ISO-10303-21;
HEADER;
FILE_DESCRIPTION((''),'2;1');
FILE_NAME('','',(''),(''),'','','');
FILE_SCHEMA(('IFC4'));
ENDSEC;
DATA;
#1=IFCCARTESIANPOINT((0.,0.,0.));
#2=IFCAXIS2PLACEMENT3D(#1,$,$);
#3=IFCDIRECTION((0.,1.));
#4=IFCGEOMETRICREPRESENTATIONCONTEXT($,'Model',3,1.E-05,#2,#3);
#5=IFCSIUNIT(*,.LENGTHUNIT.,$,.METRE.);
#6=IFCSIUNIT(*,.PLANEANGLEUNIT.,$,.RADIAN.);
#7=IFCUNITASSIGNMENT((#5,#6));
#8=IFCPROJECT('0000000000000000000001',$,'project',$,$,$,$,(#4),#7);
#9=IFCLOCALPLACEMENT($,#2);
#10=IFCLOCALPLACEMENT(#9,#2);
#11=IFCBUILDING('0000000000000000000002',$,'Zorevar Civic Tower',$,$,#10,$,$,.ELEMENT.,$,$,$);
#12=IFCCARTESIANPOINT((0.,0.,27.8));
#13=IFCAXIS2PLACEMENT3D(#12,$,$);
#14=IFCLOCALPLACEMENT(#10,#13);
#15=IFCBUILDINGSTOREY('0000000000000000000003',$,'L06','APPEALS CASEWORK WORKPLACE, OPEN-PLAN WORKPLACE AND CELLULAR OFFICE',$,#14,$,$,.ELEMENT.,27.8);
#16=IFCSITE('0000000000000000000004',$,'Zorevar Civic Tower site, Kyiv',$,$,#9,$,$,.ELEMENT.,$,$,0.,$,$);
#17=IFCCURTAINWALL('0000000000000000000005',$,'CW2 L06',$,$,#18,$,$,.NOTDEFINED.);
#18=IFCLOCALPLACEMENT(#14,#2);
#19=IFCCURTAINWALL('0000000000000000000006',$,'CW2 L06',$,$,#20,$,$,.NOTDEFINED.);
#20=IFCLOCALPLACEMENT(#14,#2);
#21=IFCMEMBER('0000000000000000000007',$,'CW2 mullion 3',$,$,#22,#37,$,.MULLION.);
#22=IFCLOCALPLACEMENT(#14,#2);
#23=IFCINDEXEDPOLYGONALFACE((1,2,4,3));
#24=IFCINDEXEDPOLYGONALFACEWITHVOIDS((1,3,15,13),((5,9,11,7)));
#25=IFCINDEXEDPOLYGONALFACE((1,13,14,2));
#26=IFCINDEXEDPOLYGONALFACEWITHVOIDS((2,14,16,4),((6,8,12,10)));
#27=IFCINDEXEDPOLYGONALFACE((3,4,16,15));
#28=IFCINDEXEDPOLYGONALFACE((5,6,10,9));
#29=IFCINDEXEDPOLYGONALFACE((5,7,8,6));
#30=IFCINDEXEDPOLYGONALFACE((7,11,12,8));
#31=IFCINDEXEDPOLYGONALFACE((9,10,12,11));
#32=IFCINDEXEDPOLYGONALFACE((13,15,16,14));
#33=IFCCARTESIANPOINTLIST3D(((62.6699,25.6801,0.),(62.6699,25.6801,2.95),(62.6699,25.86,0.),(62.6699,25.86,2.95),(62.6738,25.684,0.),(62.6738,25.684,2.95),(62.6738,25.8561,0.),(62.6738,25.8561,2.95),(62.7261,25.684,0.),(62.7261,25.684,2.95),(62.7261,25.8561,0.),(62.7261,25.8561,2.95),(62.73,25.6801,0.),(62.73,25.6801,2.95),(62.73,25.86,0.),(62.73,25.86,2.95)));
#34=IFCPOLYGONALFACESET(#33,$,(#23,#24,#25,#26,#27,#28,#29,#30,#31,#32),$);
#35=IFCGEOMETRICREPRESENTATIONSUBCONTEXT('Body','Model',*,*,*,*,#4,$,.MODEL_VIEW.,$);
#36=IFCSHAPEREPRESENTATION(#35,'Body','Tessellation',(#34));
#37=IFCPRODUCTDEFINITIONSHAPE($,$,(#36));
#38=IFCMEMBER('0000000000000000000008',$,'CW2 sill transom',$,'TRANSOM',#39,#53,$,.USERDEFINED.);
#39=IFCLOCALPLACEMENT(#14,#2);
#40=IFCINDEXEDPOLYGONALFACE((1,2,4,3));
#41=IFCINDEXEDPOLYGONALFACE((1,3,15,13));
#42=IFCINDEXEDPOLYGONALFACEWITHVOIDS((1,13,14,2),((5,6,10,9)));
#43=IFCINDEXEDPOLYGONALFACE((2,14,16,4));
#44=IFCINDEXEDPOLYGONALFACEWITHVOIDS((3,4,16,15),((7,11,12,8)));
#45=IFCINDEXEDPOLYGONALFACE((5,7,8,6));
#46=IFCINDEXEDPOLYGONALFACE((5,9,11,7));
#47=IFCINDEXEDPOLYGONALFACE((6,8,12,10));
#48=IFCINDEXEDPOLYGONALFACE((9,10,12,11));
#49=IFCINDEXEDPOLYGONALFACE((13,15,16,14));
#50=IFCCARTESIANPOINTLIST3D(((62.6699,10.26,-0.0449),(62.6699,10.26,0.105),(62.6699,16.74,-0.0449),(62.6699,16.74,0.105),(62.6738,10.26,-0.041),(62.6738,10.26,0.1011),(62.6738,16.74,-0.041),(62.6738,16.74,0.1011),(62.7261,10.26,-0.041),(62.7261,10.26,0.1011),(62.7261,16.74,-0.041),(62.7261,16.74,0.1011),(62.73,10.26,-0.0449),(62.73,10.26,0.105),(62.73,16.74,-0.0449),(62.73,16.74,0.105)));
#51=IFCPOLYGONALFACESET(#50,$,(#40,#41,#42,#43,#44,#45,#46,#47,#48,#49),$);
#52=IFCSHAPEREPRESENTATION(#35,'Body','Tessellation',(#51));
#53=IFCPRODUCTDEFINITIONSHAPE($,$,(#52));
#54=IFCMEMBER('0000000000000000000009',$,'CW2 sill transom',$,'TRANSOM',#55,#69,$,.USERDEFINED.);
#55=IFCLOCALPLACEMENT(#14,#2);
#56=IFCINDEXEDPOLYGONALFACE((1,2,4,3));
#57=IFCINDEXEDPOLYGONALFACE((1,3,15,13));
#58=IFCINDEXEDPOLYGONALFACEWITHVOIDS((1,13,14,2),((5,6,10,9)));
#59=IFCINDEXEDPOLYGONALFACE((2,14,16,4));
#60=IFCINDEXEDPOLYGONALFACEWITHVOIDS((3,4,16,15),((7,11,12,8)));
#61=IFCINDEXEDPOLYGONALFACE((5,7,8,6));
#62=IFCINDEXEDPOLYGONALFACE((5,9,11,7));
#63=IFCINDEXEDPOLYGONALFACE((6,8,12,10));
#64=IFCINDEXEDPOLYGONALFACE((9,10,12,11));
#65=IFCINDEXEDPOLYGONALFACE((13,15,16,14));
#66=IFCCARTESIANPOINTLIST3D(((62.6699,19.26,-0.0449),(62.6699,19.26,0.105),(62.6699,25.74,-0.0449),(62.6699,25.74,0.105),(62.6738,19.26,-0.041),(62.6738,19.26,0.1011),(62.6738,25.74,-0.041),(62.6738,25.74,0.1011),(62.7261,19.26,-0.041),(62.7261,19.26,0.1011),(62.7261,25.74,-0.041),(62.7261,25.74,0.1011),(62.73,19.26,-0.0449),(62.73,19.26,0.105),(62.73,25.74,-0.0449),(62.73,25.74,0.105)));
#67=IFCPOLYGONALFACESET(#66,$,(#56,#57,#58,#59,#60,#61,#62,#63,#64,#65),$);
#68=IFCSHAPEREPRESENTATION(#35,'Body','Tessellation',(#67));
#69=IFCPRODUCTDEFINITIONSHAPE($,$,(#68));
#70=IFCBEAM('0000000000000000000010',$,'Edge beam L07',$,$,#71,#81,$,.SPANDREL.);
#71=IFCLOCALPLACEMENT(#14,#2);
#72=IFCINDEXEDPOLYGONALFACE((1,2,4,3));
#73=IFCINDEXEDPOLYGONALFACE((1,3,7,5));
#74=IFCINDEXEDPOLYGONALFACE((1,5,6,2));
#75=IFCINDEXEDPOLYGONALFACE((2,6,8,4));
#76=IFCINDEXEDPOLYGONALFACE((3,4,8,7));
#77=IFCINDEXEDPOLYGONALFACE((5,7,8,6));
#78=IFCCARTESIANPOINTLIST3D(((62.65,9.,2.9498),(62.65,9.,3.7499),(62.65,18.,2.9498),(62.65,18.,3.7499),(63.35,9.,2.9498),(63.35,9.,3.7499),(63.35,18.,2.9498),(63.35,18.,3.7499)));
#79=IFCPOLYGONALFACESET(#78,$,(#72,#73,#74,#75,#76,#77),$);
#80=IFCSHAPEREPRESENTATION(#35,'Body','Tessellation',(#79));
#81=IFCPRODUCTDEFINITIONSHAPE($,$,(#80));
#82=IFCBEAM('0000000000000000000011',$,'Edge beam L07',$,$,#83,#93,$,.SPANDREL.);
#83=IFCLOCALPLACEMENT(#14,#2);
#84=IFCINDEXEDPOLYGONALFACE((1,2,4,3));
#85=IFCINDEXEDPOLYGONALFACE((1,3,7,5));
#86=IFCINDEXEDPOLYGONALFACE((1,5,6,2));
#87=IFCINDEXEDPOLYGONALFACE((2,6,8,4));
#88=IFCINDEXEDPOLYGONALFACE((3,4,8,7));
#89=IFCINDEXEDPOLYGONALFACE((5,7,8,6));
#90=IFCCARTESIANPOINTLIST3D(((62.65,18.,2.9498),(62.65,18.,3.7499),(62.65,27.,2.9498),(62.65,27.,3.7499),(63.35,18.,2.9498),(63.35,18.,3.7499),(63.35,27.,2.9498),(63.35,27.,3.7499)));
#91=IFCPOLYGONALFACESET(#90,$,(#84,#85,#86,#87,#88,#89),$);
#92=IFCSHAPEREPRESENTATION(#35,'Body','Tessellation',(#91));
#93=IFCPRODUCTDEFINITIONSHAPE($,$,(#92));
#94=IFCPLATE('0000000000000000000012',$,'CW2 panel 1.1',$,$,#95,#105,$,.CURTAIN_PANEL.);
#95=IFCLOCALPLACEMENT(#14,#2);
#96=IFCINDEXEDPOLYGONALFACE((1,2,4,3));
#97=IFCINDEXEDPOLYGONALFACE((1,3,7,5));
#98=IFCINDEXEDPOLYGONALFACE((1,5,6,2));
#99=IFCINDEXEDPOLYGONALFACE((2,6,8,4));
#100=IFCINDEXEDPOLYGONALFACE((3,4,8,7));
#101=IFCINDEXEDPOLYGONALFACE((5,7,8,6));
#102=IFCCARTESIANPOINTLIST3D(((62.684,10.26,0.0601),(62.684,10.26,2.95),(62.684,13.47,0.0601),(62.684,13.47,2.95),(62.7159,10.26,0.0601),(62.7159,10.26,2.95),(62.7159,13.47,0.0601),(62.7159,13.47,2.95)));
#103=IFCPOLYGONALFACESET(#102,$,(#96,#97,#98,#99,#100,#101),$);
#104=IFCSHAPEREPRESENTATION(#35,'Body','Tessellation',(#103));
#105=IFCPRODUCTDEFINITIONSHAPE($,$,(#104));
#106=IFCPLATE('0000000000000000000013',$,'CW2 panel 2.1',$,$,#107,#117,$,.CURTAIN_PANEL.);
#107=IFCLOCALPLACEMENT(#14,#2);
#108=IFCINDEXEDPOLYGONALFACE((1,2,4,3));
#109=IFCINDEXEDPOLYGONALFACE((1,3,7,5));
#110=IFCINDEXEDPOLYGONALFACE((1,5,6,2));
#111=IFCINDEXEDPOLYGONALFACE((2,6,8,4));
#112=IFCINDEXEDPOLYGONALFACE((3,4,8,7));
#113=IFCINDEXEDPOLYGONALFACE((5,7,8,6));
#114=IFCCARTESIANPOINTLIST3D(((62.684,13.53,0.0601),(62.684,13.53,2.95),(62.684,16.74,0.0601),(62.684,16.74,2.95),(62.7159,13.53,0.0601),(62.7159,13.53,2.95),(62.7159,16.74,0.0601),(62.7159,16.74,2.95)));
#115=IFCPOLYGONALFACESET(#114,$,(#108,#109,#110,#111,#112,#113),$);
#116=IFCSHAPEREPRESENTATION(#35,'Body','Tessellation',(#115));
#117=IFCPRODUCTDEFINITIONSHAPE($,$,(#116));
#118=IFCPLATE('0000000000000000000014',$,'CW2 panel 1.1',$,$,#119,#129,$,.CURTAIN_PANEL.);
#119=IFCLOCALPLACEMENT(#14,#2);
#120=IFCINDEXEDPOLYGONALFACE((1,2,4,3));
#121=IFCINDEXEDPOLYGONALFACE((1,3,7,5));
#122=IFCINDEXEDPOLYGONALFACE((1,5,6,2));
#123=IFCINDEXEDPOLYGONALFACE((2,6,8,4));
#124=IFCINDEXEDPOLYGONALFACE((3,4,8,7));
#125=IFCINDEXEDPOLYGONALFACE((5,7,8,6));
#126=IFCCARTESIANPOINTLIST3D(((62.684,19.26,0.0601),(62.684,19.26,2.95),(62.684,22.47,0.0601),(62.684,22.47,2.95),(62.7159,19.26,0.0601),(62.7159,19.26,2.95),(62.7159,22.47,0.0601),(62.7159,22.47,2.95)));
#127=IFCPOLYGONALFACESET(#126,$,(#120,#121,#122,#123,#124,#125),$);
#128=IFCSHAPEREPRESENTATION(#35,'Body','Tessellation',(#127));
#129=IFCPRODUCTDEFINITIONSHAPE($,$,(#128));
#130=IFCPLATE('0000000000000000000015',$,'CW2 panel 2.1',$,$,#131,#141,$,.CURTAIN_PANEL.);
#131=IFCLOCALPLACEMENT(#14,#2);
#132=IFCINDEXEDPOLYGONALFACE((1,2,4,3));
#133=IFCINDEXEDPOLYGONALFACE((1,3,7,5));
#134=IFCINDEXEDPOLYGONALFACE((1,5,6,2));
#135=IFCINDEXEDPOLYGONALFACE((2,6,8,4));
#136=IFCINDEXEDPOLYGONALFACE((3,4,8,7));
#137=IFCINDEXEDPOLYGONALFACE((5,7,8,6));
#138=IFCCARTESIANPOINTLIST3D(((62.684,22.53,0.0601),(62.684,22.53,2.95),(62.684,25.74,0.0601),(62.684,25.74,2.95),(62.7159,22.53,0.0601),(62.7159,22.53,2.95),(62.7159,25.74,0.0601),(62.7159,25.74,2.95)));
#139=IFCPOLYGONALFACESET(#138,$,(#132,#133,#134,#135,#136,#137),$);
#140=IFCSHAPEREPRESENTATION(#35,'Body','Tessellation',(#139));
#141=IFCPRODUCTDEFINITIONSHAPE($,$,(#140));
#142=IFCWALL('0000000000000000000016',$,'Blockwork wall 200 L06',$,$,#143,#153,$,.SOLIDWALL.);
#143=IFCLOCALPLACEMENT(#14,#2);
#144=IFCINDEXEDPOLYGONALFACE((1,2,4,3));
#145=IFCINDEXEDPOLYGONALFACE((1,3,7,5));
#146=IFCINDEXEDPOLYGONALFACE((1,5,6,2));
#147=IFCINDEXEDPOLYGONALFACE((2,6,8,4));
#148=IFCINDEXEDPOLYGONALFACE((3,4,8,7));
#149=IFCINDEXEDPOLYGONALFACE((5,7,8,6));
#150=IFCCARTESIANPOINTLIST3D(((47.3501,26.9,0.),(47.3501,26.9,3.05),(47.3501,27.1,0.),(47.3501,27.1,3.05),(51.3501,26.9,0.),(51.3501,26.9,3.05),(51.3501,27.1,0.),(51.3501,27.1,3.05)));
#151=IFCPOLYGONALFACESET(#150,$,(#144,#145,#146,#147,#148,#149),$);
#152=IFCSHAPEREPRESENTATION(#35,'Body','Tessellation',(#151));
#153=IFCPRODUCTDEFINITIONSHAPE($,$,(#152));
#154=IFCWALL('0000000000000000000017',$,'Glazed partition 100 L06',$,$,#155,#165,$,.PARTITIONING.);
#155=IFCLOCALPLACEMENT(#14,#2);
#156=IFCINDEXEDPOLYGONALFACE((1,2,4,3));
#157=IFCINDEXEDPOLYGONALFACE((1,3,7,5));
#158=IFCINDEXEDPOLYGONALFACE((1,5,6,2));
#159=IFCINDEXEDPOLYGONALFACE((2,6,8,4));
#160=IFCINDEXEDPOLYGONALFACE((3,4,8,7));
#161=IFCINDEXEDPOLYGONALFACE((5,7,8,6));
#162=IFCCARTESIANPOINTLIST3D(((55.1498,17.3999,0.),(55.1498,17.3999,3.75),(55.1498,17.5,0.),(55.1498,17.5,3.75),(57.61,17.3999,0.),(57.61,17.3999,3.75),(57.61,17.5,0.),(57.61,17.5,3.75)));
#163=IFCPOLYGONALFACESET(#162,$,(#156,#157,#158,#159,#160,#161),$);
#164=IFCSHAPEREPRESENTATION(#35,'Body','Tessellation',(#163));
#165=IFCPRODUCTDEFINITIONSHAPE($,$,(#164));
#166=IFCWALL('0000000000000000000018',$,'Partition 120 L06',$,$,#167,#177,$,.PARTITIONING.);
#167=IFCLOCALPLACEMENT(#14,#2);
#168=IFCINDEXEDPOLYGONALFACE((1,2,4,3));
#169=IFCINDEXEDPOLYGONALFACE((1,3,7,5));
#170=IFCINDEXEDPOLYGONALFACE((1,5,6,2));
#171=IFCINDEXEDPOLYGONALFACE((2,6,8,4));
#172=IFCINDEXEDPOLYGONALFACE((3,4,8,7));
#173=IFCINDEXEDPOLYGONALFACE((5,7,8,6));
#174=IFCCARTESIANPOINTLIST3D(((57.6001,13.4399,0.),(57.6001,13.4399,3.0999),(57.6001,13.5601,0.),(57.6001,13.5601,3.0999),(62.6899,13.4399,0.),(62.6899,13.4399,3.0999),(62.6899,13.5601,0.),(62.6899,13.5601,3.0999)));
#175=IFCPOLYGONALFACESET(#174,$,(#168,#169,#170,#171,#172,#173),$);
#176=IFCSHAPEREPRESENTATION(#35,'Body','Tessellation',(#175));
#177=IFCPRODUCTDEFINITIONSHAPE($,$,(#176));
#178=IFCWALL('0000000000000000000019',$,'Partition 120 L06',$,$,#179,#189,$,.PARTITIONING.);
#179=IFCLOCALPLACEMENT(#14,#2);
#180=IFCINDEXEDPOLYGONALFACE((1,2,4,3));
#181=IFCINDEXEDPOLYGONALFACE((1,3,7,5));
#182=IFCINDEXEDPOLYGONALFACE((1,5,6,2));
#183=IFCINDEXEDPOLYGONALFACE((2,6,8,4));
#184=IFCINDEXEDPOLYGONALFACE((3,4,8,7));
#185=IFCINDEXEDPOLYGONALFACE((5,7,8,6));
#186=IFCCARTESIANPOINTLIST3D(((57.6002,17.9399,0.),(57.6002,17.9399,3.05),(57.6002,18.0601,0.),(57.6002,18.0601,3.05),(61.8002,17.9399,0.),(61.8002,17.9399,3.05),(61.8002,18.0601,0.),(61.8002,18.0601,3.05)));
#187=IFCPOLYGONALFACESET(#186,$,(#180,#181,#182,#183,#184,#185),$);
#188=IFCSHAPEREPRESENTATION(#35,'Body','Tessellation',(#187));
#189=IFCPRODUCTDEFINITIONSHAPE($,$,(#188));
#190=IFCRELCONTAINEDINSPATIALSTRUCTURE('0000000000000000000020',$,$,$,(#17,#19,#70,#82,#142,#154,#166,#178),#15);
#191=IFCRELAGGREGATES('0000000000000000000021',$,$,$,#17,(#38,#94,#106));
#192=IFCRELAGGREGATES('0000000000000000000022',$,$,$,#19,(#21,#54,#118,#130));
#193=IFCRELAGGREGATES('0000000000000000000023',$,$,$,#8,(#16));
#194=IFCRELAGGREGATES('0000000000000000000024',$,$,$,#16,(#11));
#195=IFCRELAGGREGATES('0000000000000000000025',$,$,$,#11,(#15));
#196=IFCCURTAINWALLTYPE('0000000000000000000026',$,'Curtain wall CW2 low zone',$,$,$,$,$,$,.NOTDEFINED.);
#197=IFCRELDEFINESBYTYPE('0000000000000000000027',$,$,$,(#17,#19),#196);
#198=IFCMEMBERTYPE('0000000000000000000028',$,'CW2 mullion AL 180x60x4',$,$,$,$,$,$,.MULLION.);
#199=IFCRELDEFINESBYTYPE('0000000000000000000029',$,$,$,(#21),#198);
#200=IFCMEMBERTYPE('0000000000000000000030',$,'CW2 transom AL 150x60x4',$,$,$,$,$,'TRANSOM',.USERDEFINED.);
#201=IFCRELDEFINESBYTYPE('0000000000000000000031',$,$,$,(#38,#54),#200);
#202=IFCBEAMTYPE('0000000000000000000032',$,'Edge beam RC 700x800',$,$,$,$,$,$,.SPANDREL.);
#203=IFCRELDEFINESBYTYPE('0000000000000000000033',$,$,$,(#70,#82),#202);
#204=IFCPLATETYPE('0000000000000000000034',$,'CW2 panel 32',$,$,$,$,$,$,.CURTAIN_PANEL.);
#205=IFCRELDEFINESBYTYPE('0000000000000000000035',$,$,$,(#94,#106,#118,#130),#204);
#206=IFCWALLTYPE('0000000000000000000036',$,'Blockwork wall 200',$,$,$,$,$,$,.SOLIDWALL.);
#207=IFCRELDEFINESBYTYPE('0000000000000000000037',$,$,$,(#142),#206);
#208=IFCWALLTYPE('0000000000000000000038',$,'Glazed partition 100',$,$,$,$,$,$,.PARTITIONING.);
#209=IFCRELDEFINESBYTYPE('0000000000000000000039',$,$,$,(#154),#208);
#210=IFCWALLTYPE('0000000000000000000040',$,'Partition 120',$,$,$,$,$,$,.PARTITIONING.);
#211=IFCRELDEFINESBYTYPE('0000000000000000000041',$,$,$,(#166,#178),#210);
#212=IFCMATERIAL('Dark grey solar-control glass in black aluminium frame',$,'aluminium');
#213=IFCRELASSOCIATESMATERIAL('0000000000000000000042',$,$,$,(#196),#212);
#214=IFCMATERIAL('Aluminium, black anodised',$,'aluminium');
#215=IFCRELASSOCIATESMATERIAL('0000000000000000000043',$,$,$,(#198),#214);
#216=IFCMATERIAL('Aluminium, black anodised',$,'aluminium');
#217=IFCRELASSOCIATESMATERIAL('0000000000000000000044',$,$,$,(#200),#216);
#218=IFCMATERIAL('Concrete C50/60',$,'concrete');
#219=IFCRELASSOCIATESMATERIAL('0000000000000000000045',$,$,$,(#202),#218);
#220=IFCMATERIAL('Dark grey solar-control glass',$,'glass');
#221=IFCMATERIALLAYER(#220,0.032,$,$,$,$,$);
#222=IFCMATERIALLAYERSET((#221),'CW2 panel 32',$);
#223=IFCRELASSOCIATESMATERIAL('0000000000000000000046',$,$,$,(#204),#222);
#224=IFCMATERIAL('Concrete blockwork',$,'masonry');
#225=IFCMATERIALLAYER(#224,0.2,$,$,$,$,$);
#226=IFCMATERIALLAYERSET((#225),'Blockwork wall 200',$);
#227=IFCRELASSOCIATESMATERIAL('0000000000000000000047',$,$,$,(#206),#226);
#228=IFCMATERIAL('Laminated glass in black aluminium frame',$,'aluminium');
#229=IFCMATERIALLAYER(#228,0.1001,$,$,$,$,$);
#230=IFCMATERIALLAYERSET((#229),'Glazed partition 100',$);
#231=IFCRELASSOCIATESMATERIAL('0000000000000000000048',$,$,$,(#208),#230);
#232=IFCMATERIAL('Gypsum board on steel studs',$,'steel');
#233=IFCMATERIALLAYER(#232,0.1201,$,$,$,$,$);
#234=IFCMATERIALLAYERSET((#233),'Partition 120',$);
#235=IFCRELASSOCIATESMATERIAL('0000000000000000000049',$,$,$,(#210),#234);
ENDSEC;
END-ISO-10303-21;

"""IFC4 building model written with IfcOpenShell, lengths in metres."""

from ifc_helpers import new_model, si_unit, direction, frame, frame_2d, origin, origin_2d, place, context, subcontext, project, spatial, rectangle, hollow_rectangle, extrude, material, layer, layer_set, material_profile, profile_set, type_object, element, aggregate, save


model = new_model("IFC4")

# Units and contexts
model_context = context("Model", 3, precision=1e-05, world=origin(), true_north=direction((0.0, 1.0)))
body_context = subcontext(model_context, "Body", "Model", "MODEL_VIEW")
ifc_project = project(units=[si_unit("LENGTHUNIT", "METRE"), si_unit("PLANEANGLEUNIT", "RADIAN")], contexts=[model_context])

# Site, building, storey
site_placement = place(None, origin())
site = spatial("IfcSite", under=ifc_project, at=site_placement, Name="Zorevar Civic Tower site, Kyiv", CompositionType="ELEMENT", RefElevation=0.0)
building_placement = place(site_placement, origin())
building = spatial("IfcBuilding", under=site, at=building_placement, Name="Zorevar Civic Tower", CompositionType="ELEMENT")
storey_placement = place(building_placement, frame((0.0, 0.0, 27.8)))
storey = spatial("IfcBuildingStorey", under=building, at=storey_placement, Name="L06", Description="APPEALS CASEWORK WORKPLACE, OPEN-PLAN WORKPLACE AND CELLULAR OFFICE", CompositionType="ELEMENT", Elevation=27.8)

# Curtain walls, member
ifc_material_1 = material(Name="Dark grey solar-control glass in black aluminium frame", Category="aluminium")
curtain_wall_type = type_object("IfcCurtainWallType", Name="Curtain wall CW2 low zone", PredefinedType="NOTDEFINED", material=ifc_material_1)
curtain_wall_1_placement = place(storey_placement, origin())
curtain_wall_1 = element("IfcCurtainWall", 1, at=curtain_wall_1_placement, inside=storey, type_object=curtain_wall_type, Name="CW2 L06", PredefinedType="NOTDEFINED")
ifc_material_2 = material(Name="Aluminium, black anodised", Category="aluminium")
ifc_material_profile_1 = material_profile(ifc_material_2, hollow_rectangle(XDim=0.0601, YDim=0.1799, WallThickness=0.0039, at=origin_2d()), Name="AL 180x60x4")
ifc_profile_set_1 = profile_set([ifc_material_profile_1], Name="Aluminium, black anodised")
member_type_1 = type_object("IfcMemberType", Name="CW2 mullion AL 180x60x4", PredefinedType="MULLION", material=ifc_profile_set_1)
curtain_wall_2_placement = place(storey_placement, origin())
curtain_wall_2 = element("IfcCurtainWall", 2, at=curtain_wall_2_placement, inside=storey, type_object=curtain_wall_type, Name="CW2 L06", PredefinedType="NOTDEFINED")
member_1_placement = place(storey_placement, frame((62.7, 25.77, 0.0), z_axis=(0.0, 0.0, 1.0), x_axis=(-1.0, 0.0, 0.0)))
member_1 = element("IfcMember", 3, at=member_1_placement, type_object=member_type_1, Name="CW2 mullion 3", PredefinedType="MULLION", context=body_context, shape_type="SweptSolid", body=[
    extrude(hollow_rectangle(XDim=0.0601, YDim=0.1799, WallThickness=0.0039, at=origin_2d()), origin(), (0.0, 0.0, 1.0), 2.95),
])

# Members
ifc_material_3 = material(Name="Aluminium, black anodised", Category="aluminium")
ifc_material_profile_2 = material_profile(ifc_material_3, hollow_rectangle(XDim=0.0601, YDim=0.1499, WallThickness=0.0039, at=origin_2d()), Name="AL 150x60x4")
ifc_profile_set_2 = profile_set([ifc_material_profile_2], Name="Aluminium, black anodised")
member_type_2 = type_object("IfcMemberType", Name="CW2 transom AL 150x60x4", ElementType="TRANSOM", PredefinedType="USERDEFINED", material=ifc_profile_set_2)
member_2_placement = place(storey_placement, frame((62.7, 10.26, 0.03), z_axis=(0.0, 1.0, 0.0), x_axis=(-1.0, 0.0, 0.0)))
member_2 = element("IfcMember", 4, at=member_2_placement, type_object=member_type_2, Name="CW2 sill transom", ObjectType="TRANSOM", PredefinedType="USERDEFINED", context=body_context, shape_type="SweptSolid", body=[
    extrude(hollow_rectangle(XDim=0.0601, YDim=0.1499, WallThickness=0.0039, at=origin_2d()), origin(), (0.0, 0.0, 1.0), 6.48),
])
member_3_placement = place(storey_placement, frame((62.7, 19.26, 0.03), z_axis=(0.0, 1.0, 0.0), x_axis=(-1.0, 0.0, 0.0)))
member_3 = element("IfcMember", 5, at=member_3_placement, type_object=member_type_2, Name="CW2 sill transom", ObjectType="TRANSOM", PredefinedType="USERDEFINED", context=body_context, shape_type="SweptSolid", body=[
    extrude(hollow_rectangle(XDim=0.0601, YDim=0.1499, WallThickness=0.0039, at=origin_2d()), origin(), (0.0, 0.0, 1.0), 6.48),
])

# Beams
ifc_material_4 = material(Name="Concrete C50/60", Category="concrete")
ifc_material_profile_3 = material_profile(ifc_material_4, rectangle(XDim=0.7, YDim=0.8, at=origin_2d()), Name="RC 700x800")
ifc_profile_set_3 = profile_set([ifc_material_profile_3], Name="Concrete C50/60")
beam_type_1 = type_object("IfcBeamType", Name="Edge beam RC 700x800", PredefinedType="SPANDREL", material=ifc_profile_set_3)
for number, where, z_axis, x_axis, name in (
    (6, (63.0, 9.0, 3.3499), (0.0, 1.0, 0.0), (-1.0, 0.0, 0.0), "Edge beam L07"),
    (7, (63.0, 18.0, 3.3499), (0.0, 1.0, 0.0), (-1.0, 0.0, 0.0), "Edge beam L07"),
):
    element("IfcBeam", number, at=place(storey_placement, frame(where, z_axis=z_axis, x_axis=x_axis)), inside=storey, type_object=beam_type_1, Name=name, PredefinedType="SPANDREL", context=body_context, shape_type="SweptSolid", body=[
        extrude(rectangle(XDim=0.7, YDim=0.8, at=origin_2d()), origin(), (0.0, 0.0, 1.0), 9.0),
    ])

# Plates
ifc_material_5 = material(Name="Dark grey solar-control glass", Category="glass")
ifc_layer_1 = layer(ifc_material_5, 0.032)
ifc_layer_set_1 = layer_set([ifc_layer_1], Name="CW2 panel 32")
plate_type = type_object("IfcPlateType", Name="CW2 panel 32", PredefinedType="CURTAIN_PANEL", material=ifc_layer_set_1)
plate_1_placement = place(storey_placement, frame((62.7, 11.865, 0.0601), z_axis=(0.0, 0.0, 1.0), x_axis=(0.0, 1.0, 0.0)))
plate_1 = element("IfcPlate", 8, at=plate_1_placement, type_object=plate_type, Name="CW2 panel 1.1", PredefinedType="CURTAIN_PANEL", context=body_context, shape_type="SweptSolid", body=[
    extrude(rectangle(XDim=3.21, YDim=0.032, at=origin_2d()), origin(), (0.0, 0.0, 1.0), 2.8899),
])
plate_2_placement = place(storey_placement, frame((62.7, 15.135, 0.0601), z_axis=(0.0, 0.0, 1.0), x_axis=(0.0, 1.0, 0.0)))
plate_2 = element("IfcPlate", 9, at=plate_2_placement, type_object=plate_type, Name="CW2 panel 2.1", PredefinedType="CURTAIN_PANEL", context=body_context, shape_type="SweptSolid", body=[
    extrude(rectangle(XDim=3.21, YDim=0.032, at=origin_2d()), origin(), (0.0, 0.0, 1.0), 2.8899),
])
aggregate(curtain_wall_1, [member_2, plate_1, plate_2])
plate_3_placement = place(storey_placement, frame((62.7, 20.865, 0.0601), z_axis=(0.0, 0.0, 1.0), x_axis=(0.0, 1.0, 0.0)))
plate_3 = element("IfcPlate", 10, at=plate_3_placement, type_object=plate_type, Name="CW2 panel 1.1", PredefinedType="CURTAIN_PANEL", context=body_context, shape_type="SweptSolid", body=[
    extrude(rectangle(XDim=3.21, YDim=0.032, at=origin_2d()), origin(), (0.0, 0.0, 1.0), 2.8899),
])
plate_4_placement = place(storey_placement, frame((62.7, 24.135, 0.0601), z_axis=(0.0, 0.0, 1.0), x_axis=(0.0, 1.0, 0.0)))
plate_4 = element("IfcPlate", 11, at=plate_4_placement, type_object=plate_type, Name="CW2 panel 2.1", PredefinedType="CURTAIN_PANEL", context=body_context, shape_type="SweptSolid", body=[
    extrude(rectangle(XDim=3.21, YDim=0.032, at=origin_2d()), origin(), (0.0, 0.0, 1.0), 2.8899),
])
aggregate(curtain_wall_2, [member_1, member_3, plate_3, plate_4])

# Walls
ifc_material_6 = material(Name="Concrete blockwork", Category="masonry")
ifc_layer_2 = layer(ifc_material_6, 0.2)
ifc_layer_set_2 = layer_set([ifc_layer_2], Name="Blockwork wall 200")
wall_type_1 = type_object("IfcWallType", Name="Blockwork wall 200", PredefinedType="SOLIDWALL", material=ifc_layer_set_2)
wall_1_placement = place(storey_placement, frame((47.3501, 27.0, 0.0), z_axis=(0.0, 0.0, 1.0), x_axis=(1.0, 0.0, 0.0)))
element("IfcWall", 12, at=wall_1_placement, inside=storey, type_object=wall_type_1, Name="Blockwork wall 200 L06", PredefinedType="SOLIDWALL", context=body_context, shape_type="SweptSolid", body=[
    extrude(rectangle(XDim=4.0, YDim=0.2, at=frame_2d((2.0, 0.0))), origin(), (0.0, 0.0, 1.0), 3.05),
])
ifc_material_7 = material(Name="Laminated glass in black aluminium frame", Category="aluminium")
ifc_layer_3 = layer(ifc_material_7, 0.1001)
ifc_layer_set_3 = layer_set([ifc_layer_3], Name="Glazed partition 100")
wall_type_2 = type_object("IfcWallType", Name="Glazed partition 100", PredefinedType="PARTITIONING", material=ifc_layer_set_3)
wall_2_placement = place(storey_placement, frame((55.1499, 17.45, 0.0), z_axis=(0.0, 0.0, 1.0), x_axis=(1.0, 0.0, 0.0)))
element("IfcWall", 13, at=wall_2_placement, inside=storey, type_object=wall_type_2, Name="Glazed partition 100 L06", PredefinedType="PARTITIONING", context=body_context, shape_type="SweptSolid", body=[
    extrude(rectangle(XDim=2.4602, YDim=0.1001, at=frame_2d((1.23, 0.0))), origin(), (0.0, 0.0, 1.0), 3.75),
])
ifc_material_8 = material(Name="Gypsum board on steel studs", Category="steel")
ifc_layer_4 = layer(ifc_material_8, 0.1201)
ifc_layer_set_4 = layer_set([ifc_layer_4], Name="Partition 120")
wall_type_3 = type_object("IfcWallType", Name="Partition 120", PredefinedType="PARTITIONING", material=ifc_layer_set_4)
wall_3_placement = place(storey_placement, frame((57.6001, 13.5, 0.0), z_axis=(0.0, 0.0, 1.0), x_axis=(1.0, 0.0, 0.0)))
element("IfcWall", 14, at=wall_3_placement, inside=storey, type_object=wall_type_3, Name="Partition 120 L06", PredefinedType="PARTITIONING", context=body_context, shape_type="SweptSolid", body=[
    extrude(rectangle(XDim=5.0898, YDim=0.1201, at=frame_2d((2.5449, 0.0))), origin(), (0.0, 0.0, 1.0), 3.0999),
])
wall_4_placement = place(storey_placement, frame((57.6001, 18.0, 0.0), z_axis=(0.0, 0.0, 1.0), x_axis=(1.0, 0.0, 0.0)))
element("IfcWall", 15, at=wall_4_placement, inside=storey, type_object=wall_type_3, Name="Partition 120 L06", PredefinedType="PARTITIONING", context=body_context, shape_type="SweptSolid", body=[
    extrude(rectangle(XDim=4.2, YDim=0.1201, at=frame_2d((2.1001, 0.0))), origin(), (0.0, 0.0, 1.0), 3.05),
])

save(model, "model.ifc")
